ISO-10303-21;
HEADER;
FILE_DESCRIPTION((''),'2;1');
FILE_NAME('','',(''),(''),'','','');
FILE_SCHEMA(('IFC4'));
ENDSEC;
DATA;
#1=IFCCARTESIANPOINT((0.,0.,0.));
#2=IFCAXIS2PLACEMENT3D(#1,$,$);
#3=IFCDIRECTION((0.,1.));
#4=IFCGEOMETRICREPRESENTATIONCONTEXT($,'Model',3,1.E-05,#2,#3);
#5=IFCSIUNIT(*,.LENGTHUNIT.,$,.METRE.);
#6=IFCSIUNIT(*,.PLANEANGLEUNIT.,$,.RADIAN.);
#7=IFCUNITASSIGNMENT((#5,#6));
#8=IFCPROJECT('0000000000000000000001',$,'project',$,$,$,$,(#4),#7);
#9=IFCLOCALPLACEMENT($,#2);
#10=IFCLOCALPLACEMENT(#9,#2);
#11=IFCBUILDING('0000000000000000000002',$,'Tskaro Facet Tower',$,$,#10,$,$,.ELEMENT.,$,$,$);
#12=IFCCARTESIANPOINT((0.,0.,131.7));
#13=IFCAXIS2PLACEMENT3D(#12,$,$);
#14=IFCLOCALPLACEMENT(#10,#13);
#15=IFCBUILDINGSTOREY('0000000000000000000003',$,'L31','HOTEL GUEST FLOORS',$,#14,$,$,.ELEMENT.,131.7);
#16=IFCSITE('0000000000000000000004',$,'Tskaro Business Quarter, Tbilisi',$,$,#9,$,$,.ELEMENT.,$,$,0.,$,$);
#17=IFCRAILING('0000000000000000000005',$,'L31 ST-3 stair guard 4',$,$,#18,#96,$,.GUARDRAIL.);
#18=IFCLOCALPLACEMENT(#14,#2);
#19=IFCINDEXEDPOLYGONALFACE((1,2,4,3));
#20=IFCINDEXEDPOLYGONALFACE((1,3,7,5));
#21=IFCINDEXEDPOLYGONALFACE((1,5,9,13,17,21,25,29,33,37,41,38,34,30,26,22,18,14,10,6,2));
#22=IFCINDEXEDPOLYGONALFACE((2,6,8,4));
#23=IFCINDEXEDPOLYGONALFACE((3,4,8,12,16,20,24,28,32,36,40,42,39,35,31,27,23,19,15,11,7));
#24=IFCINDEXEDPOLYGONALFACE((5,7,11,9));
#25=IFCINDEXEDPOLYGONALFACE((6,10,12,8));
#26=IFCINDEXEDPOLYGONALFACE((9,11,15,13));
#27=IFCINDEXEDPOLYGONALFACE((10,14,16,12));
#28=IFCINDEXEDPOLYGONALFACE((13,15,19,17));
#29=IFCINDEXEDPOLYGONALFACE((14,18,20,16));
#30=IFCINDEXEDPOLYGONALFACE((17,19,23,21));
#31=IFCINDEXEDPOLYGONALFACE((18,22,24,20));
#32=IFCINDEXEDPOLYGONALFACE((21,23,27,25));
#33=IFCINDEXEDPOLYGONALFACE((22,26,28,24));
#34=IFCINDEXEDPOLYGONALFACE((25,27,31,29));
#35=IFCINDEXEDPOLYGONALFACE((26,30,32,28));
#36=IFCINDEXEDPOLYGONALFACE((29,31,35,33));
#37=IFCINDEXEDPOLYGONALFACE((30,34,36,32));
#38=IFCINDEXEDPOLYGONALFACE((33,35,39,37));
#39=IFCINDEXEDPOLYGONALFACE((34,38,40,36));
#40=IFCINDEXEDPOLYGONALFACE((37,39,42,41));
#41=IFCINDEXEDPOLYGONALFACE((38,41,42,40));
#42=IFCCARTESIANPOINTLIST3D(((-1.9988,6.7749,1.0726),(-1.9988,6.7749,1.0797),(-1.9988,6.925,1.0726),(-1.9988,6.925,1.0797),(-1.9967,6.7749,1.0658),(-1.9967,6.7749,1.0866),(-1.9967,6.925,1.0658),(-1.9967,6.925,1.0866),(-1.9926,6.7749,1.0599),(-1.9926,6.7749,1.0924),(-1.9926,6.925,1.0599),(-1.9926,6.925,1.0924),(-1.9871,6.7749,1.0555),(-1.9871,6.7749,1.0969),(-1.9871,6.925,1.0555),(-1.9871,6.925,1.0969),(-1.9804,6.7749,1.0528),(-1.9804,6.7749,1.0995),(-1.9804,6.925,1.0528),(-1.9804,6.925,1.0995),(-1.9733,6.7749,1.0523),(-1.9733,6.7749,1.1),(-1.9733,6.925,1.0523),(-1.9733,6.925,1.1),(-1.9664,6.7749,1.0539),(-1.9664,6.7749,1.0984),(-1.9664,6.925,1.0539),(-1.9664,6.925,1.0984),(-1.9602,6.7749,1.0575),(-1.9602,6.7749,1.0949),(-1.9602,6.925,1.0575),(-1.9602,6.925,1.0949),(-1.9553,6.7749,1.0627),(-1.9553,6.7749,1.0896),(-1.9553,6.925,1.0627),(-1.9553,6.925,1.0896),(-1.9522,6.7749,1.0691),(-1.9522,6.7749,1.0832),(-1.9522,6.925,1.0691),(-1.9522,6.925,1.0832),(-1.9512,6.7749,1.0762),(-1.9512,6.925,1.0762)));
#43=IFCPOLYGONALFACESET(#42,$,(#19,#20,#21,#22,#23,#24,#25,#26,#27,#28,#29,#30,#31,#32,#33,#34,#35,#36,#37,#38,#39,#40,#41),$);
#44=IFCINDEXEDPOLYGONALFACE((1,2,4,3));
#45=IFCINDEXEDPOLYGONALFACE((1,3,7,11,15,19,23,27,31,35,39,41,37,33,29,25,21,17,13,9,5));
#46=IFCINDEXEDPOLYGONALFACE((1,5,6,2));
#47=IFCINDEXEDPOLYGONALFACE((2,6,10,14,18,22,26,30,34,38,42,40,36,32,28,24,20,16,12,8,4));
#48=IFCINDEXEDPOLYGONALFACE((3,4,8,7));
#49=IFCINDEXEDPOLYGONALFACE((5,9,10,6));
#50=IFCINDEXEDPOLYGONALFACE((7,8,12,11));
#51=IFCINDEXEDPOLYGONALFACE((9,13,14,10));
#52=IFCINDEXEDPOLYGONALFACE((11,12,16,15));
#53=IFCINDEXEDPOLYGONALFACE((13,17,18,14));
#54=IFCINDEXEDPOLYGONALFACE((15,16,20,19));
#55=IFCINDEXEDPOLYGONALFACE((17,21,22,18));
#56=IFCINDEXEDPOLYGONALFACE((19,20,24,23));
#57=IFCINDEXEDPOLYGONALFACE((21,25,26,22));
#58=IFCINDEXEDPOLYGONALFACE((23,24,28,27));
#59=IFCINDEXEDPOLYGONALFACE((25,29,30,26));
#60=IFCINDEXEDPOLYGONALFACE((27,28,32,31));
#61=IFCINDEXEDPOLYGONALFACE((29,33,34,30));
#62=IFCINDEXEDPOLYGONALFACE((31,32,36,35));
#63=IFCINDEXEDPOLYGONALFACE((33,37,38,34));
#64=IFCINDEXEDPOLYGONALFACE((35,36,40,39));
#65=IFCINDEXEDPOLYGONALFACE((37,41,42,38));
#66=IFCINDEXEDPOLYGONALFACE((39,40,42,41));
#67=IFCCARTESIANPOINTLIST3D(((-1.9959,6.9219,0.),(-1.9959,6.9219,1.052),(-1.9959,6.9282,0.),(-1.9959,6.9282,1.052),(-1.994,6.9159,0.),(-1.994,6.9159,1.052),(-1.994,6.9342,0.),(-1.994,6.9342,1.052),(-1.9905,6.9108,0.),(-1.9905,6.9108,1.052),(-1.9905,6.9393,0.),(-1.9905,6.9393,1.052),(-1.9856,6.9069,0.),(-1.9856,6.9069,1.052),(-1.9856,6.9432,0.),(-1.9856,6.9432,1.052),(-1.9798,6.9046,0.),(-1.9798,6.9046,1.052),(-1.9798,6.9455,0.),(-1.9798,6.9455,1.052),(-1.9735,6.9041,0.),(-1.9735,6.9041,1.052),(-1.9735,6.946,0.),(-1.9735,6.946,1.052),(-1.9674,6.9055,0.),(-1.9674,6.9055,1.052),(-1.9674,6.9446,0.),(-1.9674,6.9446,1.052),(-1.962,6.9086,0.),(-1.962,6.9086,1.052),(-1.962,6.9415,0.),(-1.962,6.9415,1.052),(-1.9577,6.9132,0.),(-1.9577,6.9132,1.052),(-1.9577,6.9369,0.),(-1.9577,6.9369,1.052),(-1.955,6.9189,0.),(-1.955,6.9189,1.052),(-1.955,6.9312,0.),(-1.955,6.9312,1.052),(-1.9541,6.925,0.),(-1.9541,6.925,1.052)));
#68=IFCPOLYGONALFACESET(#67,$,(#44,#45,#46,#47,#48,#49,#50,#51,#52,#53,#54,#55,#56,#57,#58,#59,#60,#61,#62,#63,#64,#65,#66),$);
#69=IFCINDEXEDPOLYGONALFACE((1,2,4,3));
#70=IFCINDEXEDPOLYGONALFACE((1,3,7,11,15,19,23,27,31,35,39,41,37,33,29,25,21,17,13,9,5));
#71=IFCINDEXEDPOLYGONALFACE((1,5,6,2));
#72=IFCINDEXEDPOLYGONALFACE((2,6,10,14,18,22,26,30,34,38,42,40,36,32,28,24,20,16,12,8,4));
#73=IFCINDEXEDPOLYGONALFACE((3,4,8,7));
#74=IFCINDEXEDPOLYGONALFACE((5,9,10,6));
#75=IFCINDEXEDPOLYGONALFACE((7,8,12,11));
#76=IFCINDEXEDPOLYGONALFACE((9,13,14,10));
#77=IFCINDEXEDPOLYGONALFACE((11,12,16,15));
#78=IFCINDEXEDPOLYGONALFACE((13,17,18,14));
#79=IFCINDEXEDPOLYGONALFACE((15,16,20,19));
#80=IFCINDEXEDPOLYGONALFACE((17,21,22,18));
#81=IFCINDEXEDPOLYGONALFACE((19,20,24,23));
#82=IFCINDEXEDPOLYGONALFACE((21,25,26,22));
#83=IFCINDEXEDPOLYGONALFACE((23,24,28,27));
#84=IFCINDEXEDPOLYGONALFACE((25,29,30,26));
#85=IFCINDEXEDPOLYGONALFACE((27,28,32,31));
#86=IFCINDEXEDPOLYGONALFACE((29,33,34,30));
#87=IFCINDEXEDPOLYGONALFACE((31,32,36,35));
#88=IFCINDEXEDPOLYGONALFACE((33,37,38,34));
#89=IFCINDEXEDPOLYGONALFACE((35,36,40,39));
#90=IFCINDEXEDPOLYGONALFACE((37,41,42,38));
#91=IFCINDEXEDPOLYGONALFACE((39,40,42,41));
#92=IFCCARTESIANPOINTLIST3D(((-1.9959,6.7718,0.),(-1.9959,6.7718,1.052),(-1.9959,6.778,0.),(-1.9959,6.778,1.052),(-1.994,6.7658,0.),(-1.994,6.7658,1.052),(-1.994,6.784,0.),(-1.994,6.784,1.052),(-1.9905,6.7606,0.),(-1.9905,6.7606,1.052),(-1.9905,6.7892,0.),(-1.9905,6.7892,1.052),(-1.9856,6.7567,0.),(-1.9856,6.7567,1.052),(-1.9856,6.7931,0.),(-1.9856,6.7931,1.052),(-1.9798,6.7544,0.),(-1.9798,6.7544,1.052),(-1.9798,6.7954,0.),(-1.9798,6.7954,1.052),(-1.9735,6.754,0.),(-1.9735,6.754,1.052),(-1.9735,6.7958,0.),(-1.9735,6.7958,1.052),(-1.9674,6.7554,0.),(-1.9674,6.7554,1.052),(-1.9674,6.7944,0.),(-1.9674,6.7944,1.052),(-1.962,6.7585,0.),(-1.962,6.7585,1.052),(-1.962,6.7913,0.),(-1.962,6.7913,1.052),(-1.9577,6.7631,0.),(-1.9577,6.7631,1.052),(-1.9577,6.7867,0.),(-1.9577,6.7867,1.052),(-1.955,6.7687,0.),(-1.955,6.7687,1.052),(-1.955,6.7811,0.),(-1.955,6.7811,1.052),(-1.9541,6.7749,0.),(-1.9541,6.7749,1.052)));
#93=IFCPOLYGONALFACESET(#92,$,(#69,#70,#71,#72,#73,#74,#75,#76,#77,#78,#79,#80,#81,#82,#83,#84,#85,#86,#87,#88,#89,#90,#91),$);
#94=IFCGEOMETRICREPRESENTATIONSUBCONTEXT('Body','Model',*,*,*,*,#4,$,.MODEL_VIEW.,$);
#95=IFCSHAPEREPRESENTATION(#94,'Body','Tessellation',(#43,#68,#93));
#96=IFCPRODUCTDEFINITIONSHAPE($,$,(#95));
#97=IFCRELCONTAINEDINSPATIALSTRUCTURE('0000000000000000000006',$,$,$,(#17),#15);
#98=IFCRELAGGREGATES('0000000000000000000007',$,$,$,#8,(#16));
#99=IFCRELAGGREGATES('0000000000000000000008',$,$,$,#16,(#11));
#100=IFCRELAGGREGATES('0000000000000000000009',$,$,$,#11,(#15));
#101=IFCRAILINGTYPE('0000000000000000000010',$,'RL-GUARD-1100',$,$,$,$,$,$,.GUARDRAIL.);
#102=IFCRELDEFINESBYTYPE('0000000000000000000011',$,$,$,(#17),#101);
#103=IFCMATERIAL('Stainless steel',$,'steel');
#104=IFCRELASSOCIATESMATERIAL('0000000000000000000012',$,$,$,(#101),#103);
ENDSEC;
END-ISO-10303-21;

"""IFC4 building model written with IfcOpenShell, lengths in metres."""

from ifc_helpers import new_model, si_unit, direction, frame, origin, origin_2d, place, context, subcontext, project, spatial, circle, extrude, material, type_object, element, save


model = new_model("IFC4")

# Units and contexts
model_context = context("Model", 3, precision=1e-05, world=origin(), true_north=direction((0.0, 1.0)))
body_context = subcontext(model_context, "Body", "Model", "MODEL_VIEW")
ifc_project = project(units=[si_unit("LENGTHUNIT", "METRE"), si_unit("PLANEANGLEUNIT", "RADIAN")], contexts=[model_context])

# Site, building, storey
site_placement = place(None, origin())
site = spatial("IfcSite", under=ifc_project, at=site_placement, Name="Tskaro Business Quarter, Tbilisi", CompositionType="ELEMENT", RefElevation=0.0)
building_placement = place(site_placement, origin())
building = spatial("IfcBuilding", under=site, at=building_placement, Name="Tskaro Facet Tower", CompositionType="ELEMENT")
storey_placement = place(building_placement, frame((0.0, 0.0, 131.7)))
storey = spatial("IfcBuildingStorey", under=building, at=storey_placement, Name="L31", Description="HOTEL GUEST FLOORS", CompositionType="ELEMENT", Elevation=131.7)

# Railing
ifc_material_1 = material(Name="Stainless steel", Category="steel")
railing_type_1 = type_object("IfcRailingType", Name="RL-GUARD-1100", PredefinedType="GUARDRAIL", material=ifc_material_1)
railing_1_placement = place(storey_placement, frame((-1.9751, 6.925, 0.0)))
element("IfcRailing", 1, at=railing_1_placement, inside=storey, type_object=railing_type_1, Name="L31 ST-3 stair guard 4", PredefinedType="GUARDRAIL", context=body_context, shape_type="SweptSolid", body=[
    extrude(circle(Radius=0.0239, at=origin_2d()), frame((0.0, 0.0, 1.0762), z_axis=(0.0, -1.0, 0.0), x_axis=(1.0, 0.0, 0.0)), (0.0, 0.0, 1.0), 0.1501),
    extrude(circle(Radius=0.021, at=origin_2d()), origin(), (0.0, 0.0, 1.0), 1.052),
    extrude(circle(Radius=0.021, at=origin_2d()), frame((0.0, -0.1501, 0.0)), (0.0, 0.0, 1.0), 1.052),
])

save(model, "model.ifc")
